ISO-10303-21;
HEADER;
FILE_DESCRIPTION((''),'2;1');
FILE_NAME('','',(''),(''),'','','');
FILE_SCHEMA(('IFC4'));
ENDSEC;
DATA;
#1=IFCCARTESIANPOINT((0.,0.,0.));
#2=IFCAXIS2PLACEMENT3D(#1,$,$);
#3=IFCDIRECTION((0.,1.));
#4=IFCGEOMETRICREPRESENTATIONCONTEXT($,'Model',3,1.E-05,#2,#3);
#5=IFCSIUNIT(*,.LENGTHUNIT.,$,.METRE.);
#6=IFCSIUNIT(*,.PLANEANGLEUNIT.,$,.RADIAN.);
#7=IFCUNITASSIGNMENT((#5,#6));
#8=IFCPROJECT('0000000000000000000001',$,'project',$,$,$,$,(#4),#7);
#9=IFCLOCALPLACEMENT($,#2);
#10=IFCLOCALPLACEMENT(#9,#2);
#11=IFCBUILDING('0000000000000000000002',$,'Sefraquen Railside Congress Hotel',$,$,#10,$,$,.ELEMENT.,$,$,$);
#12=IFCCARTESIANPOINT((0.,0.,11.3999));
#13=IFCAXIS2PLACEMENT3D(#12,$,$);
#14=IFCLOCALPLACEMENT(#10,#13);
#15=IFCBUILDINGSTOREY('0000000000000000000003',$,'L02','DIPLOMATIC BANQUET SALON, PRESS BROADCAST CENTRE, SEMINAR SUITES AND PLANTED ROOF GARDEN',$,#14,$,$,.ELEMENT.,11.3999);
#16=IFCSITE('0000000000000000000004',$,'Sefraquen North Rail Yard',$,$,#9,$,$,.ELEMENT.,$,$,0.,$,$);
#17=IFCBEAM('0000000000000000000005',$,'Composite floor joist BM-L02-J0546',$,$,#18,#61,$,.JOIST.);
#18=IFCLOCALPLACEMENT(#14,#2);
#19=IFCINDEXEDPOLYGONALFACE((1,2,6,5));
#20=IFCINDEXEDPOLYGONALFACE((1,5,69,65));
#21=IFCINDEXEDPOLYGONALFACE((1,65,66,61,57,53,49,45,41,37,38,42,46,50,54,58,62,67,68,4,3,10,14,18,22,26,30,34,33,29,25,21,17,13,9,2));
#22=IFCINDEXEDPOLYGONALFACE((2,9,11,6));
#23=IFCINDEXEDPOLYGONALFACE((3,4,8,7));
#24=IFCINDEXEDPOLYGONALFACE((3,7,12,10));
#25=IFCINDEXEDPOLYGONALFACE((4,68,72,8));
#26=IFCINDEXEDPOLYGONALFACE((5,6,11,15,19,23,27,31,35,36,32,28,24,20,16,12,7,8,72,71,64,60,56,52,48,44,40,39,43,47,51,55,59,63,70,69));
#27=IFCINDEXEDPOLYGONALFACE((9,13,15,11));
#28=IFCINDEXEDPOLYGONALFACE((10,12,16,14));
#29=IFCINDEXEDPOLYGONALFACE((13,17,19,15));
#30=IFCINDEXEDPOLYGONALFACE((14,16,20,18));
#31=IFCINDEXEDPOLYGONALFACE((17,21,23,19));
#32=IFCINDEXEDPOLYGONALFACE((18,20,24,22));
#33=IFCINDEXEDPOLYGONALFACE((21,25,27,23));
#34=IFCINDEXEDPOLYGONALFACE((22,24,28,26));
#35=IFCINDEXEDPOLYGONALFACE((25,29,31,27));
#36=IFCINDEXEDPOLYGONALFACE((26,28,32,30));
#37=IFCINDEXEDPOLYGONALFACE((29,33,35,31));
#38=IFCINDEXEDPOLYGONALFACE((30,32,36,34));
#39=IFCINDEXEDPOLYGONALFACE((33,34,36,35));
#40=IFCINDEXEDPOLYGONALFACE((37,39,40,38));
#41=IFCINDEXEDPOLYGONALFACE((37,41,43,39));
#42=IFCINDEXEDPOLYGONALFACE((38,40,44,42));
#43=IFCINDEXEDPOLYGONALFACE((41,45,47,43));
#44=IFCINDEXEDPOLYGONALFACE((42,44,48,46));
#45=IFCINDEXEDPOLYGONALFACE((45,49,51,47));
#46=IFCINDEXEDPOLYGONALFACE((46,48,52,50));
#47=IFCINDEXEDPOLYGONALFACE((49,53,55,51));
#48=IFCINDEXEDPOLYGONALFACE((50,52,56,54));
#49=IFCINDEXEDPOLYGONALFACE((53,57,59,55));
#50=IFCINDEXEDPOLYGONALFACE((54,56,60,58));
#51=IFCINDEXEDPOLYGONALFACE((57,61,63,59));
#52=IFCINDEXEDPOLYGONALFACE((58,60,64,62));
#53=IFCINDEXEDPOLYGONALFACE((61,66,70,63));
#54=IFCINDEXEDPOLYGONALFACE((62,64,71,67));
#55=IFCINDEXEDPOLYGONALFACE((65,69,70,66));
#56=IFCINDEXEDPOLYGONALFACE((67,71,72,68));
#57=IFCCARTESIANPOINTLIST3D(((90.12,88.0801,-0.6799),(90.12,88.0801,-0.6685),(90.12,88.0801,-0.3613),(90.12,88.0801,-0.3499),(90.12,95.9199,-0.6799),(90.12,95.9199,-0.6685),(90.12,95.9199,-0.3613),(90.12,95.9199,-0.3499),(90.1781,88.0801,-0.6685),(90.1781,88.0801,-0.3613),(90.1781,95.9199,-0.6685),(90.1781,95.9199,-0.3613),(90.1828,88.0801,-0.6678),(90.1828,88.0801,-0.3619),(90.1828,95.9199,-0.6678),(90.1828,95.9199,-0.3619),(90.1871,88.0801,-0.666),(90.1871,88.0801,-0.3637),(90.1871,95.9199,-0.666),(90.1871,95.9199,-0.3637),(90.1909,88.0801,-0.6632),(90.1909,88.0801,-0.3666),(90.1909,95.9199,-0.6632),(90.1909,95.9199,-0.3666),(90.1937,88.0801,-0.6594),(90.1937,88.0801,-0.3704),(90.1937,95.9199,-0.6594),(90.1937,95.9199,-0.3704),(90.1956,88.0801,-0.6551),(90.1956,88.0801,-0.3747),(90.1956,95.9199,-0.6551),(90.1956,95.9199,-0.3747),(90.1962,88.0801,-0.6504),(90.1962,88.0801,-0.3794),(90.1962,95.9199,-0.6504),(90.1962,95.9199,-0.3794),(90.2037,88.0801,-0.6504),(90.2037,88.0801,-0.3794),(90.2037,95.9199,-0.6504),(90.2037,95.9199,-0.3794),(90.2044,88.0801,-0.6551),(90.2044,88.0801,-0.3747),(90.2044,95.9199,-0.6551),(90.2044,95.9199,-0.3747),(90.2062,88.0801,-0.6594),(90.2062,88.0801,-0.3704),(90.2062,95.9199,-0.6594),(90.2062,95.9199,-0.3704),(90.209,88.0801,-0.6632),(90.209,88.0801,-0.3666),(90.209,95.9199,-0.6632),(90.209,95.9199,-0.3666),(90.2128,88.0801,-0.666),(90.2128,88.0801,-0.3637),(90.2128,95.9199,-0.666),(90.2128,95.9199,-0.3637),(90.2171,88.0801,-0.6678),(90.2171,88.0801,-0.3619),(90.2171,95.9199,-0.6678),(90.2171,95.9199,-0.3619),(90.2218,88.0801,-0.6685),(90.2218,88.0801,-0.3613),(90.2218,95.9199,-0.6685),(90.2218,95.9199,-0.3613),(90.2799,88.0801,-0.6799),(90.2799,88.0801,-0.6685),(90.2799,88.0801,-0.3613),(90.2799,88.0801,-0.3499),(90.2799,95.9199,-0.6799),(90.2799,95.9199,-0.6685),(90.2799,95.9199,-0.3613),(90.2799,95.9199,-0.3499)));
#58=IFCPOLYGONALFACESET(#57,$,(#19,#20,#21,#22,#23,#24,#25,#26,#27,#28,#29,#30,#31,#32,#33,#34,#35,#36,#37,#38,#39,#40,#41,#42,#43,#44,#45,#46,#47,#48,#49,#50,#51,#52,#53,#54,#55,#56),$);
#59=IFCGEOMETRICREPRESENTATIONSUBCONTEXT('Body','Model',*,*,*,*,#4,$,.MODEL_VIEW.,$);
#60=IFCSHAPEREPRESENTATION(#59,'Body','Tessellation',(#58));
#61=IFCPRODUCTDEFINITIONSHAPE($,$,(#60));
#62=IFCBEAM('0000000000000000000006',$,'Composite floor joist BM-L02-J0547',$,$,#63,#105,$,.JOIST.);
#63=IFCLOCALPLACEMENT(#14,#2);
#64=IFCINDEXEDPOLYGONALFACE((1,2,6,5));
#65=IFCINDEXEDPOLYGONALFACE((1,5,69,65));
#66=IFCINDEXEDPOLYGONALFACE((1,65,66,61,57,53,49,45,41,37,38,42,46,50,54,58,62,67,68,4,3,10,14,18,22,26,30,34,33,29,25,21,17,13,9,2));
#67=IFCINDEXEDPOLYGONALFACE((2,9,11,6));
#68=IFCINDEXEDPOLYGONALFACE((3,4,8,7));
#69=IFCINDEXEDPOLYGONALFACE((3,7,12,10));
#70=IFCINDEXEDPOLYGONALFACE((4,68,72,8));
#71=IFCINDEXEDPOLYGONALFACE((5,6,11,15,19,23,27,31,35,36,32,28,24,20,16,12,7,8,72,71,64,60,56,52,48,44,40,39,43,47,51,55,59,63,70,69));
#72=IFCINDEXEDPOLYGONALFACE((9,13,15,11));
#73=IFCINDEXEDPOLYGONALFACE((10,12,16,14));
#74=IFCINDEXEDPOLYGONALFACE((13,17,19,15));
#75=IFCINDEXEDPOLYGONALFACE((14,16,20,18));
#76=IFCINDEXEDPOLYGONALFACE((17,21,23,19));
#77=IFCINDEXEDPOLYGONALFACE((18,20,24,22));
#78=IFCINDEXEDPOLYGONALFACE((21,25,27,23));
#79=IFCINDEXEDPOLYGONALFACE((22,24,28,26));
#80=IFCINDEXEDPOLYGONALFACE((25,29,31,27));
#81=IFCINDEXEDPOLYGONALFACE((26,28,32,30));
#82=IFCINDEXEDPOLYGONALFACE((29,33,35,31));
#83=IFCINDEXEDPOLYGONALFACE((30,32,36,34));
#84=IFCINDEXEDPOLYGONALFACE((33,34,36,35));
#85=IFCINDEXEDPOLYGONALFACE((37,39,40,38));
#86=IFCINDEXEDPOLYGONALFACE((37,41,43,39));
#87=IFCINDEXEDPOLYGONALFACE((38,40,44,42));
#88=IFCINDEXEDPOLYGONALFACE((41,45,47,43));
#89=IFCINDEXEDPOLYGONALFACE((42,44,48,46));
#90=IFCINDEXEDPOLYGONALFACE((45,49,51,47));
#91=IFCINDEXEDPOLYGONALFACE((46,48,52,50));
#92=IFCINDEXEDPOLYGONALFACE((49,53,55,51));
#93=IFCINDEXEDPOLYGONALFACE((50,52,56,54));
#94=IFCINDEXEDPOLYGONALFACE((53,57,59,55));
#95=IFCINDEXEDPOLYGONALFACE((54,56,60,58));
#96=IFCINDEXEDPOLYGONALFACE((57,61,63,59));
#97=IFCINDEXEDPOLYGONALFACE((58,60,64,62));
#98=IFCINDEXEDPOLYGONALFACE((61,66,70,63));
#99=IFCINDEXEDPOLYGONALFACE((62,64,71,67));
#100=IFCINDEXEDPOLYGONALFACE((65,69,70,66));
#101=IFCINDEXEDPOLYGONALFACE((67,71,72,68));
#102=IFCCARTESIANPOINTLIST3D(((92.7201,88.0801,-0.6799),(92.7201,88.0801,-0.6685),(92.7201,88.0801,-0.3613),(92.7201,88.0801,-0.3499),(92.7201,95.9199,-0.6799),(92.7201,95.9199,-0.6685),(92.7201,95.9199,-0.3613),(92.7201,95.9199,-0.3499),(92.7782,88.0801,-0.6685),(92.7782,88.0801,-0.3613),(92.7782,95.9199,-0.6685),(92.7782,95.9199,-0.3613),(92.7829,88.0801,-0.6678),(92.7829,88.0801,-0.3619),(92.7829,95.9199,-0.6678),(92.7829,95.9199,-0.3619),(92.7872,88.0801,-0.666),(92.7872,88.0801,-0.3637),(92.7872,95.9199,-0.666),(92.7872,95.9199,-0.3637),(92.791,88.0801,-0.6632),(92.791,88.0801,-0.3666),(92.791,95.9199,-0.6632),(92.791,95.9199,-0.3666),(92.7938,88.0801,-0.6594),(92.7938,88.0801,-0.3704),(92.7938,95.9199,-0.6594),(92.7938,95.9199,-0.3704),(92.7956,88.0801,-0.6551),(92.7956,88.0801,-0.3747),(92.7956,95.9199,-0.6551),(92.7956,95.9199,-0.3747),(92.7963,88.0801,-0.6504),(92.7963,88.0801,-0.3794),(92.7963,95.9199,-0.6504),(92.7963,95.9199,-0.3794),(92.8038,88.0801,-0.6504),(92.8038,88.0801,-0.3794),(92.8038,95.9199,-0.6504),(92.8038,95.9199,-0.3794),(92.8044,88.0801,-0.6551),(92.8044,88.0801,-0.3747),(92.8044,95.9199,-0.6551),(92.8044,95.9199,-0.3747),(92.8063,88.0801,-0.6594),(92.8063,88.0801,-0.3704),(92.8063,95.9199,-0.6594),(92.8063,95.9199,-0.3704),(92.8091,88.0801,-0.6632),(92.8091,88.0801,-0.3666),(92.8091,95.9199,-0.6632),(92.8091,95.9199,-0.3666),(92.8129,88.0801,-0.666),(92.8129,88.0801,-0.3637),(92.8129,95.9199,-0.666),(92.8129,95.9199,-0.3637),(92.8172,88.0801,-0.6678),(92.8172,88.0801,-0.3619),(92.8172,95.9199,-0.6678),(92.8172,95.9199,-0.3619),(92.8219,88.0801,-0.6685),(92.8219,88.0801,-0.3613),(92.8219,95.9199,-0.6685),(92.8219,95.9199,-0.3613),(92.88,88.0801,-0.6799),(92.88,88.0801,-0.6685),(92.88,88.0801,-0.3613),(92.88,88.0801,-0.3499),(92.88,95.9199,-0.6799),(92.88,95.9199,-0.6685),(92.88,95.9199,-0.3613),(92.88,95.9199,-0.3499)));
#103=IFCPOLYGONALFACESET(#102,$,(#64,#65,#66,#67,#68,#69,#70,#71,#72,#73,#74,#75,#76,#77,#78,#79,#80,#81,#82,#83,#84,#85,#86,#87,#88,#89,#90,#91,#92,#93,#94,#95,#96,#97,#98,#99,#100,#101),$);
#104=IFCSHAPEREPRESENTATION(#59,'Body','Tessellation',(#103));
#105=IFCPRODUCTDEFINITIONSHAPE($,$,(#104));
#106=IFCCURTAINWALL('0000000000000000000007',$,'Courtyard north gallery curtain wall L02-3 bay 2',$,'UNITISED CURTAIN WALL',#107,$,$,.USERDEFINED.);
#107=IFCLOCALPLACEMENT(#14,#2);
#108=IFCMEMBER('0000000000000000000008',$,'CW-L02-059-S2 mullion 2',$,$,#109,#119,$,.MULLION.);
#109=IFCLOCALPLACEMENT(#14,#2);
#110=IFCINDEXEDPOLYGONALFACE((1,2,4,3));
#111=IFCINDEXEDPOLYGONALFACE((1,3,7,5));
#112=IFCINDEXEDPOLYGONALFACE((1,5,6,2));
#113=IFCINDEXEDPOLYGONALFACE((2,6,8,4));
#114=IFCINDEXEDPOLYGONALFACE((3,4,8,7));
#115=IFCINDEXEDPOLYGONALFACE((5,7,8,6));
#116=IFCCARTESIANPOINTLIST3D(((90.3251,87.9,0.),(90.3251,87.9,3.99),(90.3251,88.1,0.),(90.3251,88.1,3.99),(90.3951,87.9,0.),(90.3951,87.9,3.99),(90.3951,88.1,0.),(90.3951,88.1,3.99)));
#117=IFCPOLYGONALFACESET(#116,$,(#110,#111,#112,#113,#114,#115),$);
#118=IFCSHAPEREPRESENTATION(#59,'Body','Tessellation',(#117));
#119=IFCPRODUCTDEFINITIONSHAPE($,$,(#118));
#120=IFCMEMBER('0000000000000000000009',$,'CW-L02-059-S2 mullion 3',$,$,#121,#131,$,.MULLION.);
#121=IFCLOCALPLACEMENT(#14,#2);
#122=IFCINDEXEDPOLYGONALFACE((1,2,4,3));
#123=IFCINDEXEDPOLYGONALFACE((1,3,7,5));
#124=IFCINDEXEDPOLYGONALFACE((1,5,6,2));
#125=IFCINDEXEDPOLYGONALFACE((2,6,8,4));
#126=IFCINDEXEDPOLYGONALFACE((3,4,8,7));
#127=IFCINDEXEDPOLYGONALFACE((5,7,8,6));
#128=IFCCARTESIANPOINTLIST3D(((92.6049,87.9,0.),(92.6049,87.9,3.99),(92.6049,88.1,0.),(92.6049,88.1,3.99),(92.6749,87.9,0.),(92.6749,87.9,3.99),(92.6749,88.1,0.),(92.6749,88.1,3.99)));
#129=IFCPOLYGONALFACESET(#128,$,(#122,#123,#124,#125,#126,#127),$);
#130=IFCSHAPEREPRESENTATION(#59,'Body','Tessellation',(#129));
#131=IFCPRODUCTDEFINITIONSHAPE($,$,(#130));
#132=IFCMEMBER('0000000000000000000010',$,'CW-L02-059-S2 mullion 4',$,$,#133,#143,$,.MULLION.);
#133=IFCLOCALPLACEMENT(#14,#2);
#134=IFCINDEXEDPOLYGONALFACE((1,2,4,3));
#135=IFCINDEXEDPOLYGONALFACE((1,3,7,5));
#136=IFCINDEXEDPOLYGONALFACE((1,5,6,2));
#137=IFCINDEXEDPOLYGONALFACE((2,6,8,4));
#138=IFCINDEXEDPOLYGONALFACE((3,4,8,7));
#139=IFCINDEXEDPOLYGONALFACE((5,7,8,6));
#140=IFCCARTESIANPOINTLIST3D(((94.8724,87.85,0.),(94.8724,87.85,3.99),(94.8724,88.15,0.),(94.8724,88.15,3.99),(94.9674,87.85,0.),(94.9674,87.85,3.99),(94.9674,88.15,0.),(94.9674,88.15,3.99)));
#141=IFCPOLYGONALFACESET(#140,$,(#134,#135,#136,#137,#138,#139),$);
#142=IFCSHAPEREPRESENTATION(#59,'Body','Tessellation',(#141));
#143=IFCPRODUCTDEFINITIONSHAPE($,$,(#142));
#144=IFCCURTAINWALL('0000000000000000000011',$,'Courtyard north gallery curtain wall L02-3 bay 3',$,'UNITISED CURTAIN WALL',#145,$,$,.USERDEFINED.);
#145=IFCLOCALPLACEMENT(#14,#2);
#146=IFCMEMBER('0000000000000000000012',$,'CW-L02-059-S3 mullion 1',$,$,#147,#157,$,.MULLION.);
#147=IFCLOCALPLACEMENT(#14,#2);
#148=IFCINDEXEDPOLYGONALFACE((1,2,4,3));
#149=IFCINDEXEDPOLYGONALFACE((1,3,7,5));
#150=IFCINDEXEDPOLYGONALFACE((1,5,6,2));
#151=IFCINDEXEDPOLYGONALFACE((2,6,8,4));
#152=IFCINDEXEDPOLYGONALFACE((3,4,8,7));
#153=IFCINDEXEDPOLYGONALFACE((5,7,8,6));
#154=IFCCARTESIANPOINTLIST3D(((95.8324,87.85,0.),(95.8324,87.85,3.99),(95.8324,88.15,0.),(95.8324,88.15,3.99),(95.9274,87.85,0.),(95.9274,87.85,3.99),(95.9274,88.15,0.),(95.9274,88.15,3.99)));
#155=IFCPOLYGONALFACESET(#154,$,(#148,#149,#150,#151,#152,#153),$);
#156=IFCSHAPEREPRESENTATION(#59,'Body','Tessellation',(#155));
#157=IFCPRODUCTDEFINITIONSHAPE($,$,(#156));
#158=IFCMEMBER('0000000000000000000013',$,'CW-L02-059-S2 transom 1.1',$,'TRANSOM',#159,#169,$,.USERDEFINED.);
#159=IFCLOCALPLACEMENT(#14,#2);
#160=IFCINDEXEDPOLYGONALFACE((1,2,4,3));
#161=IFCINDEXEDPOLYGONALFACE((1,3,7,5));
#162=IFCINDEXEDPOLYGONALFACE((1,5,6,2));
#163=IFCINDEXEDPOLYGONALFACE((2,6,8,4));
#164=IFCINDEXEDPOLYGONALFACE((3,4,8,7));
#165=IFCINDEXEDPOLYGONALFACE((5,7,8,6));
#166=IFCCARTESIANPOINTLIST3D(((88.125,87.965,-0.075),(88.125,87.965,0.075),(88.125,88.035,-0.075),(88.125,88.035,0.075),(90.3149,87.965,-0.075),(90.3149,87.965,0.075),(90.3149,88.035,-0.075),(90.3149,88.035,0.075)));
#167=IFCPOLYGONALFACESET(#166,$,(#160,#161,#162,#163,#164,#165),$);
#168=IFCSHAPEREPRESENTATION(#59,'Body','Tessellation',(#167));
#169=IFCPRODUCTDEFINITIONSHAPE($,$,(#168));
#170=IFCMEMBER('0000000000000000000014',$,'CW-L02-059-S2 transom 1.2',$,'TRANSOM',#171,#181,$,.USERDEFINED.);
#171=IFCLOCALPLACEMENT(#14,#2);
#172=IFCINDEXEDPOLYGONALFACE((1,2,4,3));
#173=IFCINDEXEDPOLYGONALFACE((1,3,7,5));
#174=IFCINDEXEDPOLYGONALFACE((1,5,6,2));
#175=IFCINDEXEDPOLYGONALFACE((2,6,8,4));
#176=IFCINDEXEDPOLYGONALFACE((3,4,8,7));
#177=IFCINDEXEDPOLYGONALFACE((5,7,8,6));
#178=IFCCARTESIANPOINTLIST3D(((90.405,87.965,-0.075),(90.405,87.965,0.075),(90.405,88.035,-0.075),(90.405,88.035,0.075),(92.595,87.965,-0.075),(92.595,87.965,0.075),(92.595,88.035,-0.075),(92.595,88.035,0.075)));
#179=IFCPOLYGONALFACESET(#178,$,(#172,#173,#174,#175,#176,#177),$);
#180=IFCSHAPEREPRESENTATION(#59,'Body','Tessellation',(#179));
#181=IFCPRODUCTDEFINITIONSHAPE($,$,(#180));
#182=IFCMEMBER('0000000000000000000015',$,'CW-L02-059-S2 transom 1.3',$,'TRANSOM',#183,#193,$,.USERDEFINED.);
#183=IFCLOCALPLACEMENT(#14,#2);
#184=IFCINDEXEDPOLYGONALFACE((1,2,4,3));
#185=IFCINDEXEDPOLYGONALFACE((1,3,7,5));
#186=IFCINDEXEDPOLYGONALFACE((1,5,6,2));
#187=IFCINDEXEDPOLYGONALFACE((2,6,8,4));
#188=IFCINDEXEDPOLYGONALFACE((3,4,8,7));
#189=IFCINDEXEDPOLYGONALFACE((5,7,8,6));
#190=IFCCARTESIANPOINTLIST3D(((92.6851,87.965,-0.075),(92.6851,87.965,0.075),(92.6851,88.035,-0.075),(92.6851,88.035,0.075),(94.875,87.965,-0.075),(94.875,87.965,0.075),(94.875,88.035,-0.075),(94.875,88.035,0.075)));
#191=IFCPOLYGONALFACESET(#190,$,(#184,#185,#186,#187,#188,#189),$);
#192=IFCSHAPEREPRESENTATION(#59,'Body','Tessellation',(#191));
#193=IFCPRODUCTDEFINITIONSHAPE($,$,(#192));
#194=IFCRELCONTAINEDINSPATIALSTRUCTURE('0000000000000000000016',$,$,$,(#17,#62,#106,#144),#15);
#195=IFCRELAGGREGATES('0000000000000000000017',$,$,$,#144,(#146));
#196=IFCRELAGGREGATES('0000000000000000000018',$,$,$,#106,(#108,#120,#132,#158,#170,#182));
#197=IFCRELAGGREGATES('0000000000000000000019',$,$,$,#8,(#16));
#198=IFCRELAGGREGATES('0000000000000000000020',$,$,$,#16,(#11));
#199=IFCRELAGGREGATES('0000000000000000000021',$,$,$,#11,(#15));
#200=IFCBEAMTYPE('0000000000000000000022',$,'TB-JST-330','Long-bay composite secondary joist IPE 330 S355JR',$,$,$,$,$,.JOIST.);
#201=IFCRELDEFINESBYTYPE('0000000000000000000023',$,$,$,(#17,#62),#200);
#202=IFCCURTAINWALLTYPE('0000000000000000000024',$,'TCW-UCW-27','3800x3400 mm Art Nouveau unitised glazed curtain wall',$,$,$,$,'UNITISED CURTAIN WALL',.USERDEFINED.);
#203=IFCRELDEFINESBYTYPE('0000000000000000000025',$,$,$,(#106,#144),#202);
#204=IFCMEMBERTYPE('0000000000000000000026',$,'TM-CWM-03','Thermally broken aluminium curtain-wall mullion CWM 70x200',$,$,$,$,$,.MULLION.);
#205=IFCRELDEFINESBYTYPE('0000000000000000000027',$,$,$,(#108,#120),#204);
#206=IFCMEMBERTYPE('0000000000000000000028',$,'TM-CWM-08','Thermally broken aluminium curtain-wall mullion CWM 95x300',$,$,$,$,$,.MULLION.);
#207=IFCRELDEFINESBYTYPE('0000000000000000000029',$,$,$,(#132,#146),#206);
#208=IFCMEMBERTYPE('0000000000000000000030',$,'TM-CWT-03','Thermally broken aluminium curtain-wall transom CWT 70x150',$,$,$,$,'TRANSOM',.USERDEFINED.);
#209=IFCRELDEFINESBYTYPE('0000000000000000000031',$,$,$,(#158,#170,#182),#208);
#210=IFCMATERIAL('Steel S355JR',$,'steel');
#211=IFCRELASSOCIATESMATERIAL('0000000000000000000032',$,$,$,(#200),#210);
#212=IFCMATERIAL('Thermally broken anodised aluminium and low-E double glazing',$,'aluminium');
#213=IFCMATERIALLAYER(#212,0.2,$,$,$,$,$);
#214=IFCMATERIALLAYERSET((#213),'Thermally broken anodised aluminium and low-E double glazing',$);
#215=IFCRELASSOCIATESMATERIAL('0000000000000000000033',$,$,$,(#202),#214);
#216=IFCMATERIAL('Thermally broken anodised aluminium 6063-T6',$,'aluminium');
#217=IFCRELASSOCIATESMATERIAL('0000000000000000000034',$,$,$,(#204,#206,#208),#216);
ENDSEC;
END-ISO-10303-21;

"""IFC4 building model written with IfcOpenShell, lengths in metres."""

from ifc_helpers import new_model, si_unit, direction, frame, origin, origin_2d, place, context, subcontext, project, spatial, rectangle, i_section, extrude, material, layer, layer_set, material_profile, profile_set, type_object, element, aggregate, save


model = new_model("IFC4")

# Units and contexts
model_context = context("Model", 3, precision=1e-05, world=origin(), true_north=direction((0.0, 1.0)))
body_context = subcontext(model_context, "Body", "Model", "MODEL_VIEW")
ifc_project = project(units=[si_unit("LENGTHUNIT", "METRE"), si_unit("PLANEANGLEUNIT", "RADIAN")], contexts=[model_context])

# Site, building, storey
site_placement = place(None, origin())
site = spatial("IfcSite", under=ifc_project, at=site_placement, Name="Sefraquen North Rail Yard", CompositionType="ELEMENT", RefElevation=0.0)
building_placement = place(site_placement, origin())
building = spatial("IfcBuilding", under=site, at=building_placement, Name="Sefraquen Railside Congress Hotel", CompositionType="ELEMENT")
storey_placement = place(building_placement, frame((0.0, 0.0, 11.3999)))
storey = spatial("IfcBuildingStorey", under=building, at=storey_placement, Name="L02", Description="DIPLOMATIC BANQUET SALON, PRESS BROADCAST CENTRE, SEMINAR SUITES AND PLANTED ROOF GARDEN", CompositionType="ELEMENT", Elevation=11.3999)

# Shared definitions
ifc_material_1 = material(Name="Steel S355JR", Category="steel")

# Beams
ifc_material_profile_1 = material_profile(ifc_material_1, i_section(OverallWidth=0.1599, OverallDepth=0.3301, WebThickness=0.0076, FlangeThickness=0.0115, FilletRadius=0.0181, at=origin_2d()), Name="IPE 330")
ifc_profile_set_1 = profile_set([ifc_material_profile_1], Name="Steel S355JR")
beam_type_1 = type_object("IfcBeamType", Name="TB-JST-330", Description="Long-bay composite secondary joist IPE 330 S355JR", PredefinedType="JOIST", material=ifc_profile_set_1)
for number, where, z_axis, x_axis, name in (
    (1, (90.2, 88.0801, -0.5149), (0.0, 1.0, 0.0), (-1.0, 0.0, 0.0), "Composite floor joist BM-L02-J0546"),
    (2, (92.8, 88.0801, -0.5149), (0.0, 1.0, 0.0), (-1.0, 0.0, 0.0), "Composite floor joist BM-L02-J0547"),
):
    element("IfcBeam", number, at=place(storey_placement, frame(where, z_axis=z_axis, x_axis=x_axis)), inside=storey, type_object=beam_type_1, Name=name, PredefinedType="JOIST", context=body_context, shape_type="SweptSolid", body=[
        extrude(i_section(OverallWidth=0.1599, OverallDepth=0.3301, WebThickness=0.0076, FlangeThickness=0.0115, FilletRadius=0.0181, at=origin_2d()), origin(), (0.0, 0.0, 1.0), 7.8398),
    ])

# Curtain wall, members
ifc_material_2 = material(Name="Thermally broken anodised aluminium and low-E double glazing", Category="aluminium")
ifc_layer_1 = layer(ifc_material_2, 0.2)
ifc_layer_set_1 = layer_set([ifc_layer_1], Name="Thermally broken anodised aluminium and low-E double glazing")
curtain_wall_type = type_object("IfcCurtainWallType", Name="TCW-UCW-27", Description="3800x3400 mm Art Nouveau unitised glazed curtain wall", ElementType="UNITISED CURTAIN WALL", PredefinedType="USERDEFINED", material=ifc_layer_set_1)
curtain_wall_1_placement = place(storey_placement, origin())
curtain_wall_1 = element("IfcCurtainWall", 3, at=curtain_wall_1_placement, inside=storey, type_object=curtain_wall_type, Name="Courtyard north gallery curtain wall L02-3 bay 2", ObjectType="UNITISED CURTAIN WALL", PredefinedType="USERDEFINED")
ifc_material_3 = material(Name="Thermally broken anodised aluminium 6063-T6", Category="aluminium")
ifc_material_profile_2 = material_profile(ifc_material_3, rectangle(XDim=0.0701, YDim=0.2, at=origin_2d()), Name="CWM 70x200")
ifc_profile_set_2 = profile_set([ifc_material_profile_2], Name="Thermally broken anodised aluminium 6063-T6")
member_type_1 = type_object("IfcMemberType", Name="TM-CWM-03", Description="Thermally broken aluminium curtain-wall mullion CWM 70x200", PredefinedType="MULLION", material=ifc_profile_set_2)
member_1_placement = place(storey_placement, frame((90.3601, 88.0, 0.0), z_axis=(0.0, 0.0, 1.0), x_axis=(1.0, 0.0, 0.0)))
member_1 = element("IfcMember", 4, at=member_1_placement, type_object=member_type_1, Name="CW-L02-059-S2 mullion 2", PredefinedType="MULLION", context=body_context, shape_type="SweptSolid", body=[
    extrude(rectangle(XDim=0.0701, YDim=0.2, at=origin_2d()), origin(), (0.0, 0.0, 1.0), 3.99),
])
member_2_placement = place(storey_placement, frame((92.6399, 88.0, 0.0), z_axis=(0.0, 0.0, 1.0), x_axis=(1.0, 0.0, 0.0)))
member_2 = element("IfcMember", 5, at=member_2_placement, type_object=member_type_1, Name="CW-L02-059-S2 mullion 3", PredefinedType="MULLION", context=body_context, shape_type="SweptSolid", body=[
    extrude(rectangle(XDim=0.0701, YDim=0.2, at=origin_2d()), origin(), (0.0, 0.0, 1.0), 3.99),
])
ifc_material_profile_3 = material_profile(ifc_material_3, rectangle(XDim=0.095, YDim=0.3, at=origin_2d()), Name="CWM 95x300")
ifc_profile_set_3 = profile_set([ifc_material_profile_3], Name="Thermally broken anodised aluminium 6063-T6")
member_type_2 = type_object("IfcMemberType", Name="TM-CWM-08", Description="Thermally broken aluminium curtain-wall mullion CWM 95x300", PredefinedType="MULLION", material=ifc_profile_set_3)
member_3_placement = place(storey_placement, frame((94.9199, 88.0, 0.0), z_axis=(0.0, 0.0, 1.0), x_axis=(1.0, 0.0, 0.0)))
member_3 = element("IfcMember", 6, at=member_3_placement, type_object=member_type_2, Name="CW-L02-059-S2 mullion 4", PredefinedType="MULLION", context=body_context, shape_type="SweptSolid", body=[
    extrude(rectangle(XDim=0.095, YDim=0.3, at=origin_2d()), origin(), (0.0, 0.0, 1.0), 3.99),
])

# Curtain wall, member
curtain_wall_2_placement = place(storey_placement, origin())
curtain_wall_2 = element("IfcCurtainWall", 7, at=curtain_wall_2_placement, inside=storey, type_object=curtain_wall_type, Name="Courtyard north gallery curtain wall L02-3 bay 3", ObjectType="UNITISED CURTAIN WALL", PredefinedType="USERDEFINED")
member_4_placement = place(storey_placement, frame((95.8799, 88.0, 0.0), z_axis=(0.0, 0.0, 1.0), x_axis=(1.0, 0.0, 0.0)))
member_4 = element("IfcMember", 8, at=member_4_placement, type_object=member_type_2, Name="CW-L02-059-S3 mullion 1", PredefinedType="MULLION", context=body_context, shape_type="SweptSolid", body=[
    extrude(rectangle(XDim=0.095, YDim=0.3, at=origin_2d()), origin(), (0.0, 0.0, 1.0), 3.99),
])
aggregate(curtain_wall_2, [member_4])

# Members
ifc_material_profile_4 = material_profile(ifc_material_3, rectangle(XDim=0.0701, YDim=0.1499, at=origin_2d()), Name="CWT 70x150")
ifc_profile_set_4 = profile_set([ifc_material_profile_4], Name="Thermally broken anodised aluminium 6063-T6")
member_type_3 = type_object("IfcMemberType", Name="TM-CWT-03", Description="Thermally broken aluminium curtain-wall transom CWT 70x150", ElementType="TRANSOM", PredefinedType="USERDEFINED", material=ifc_profile_set_4)
member_5_placement = place(storey_placement, frame((88.125, 88.0, 0.0), z_axis=(1.0, 0.0, 0.0), x_axis=(0.0, 1.0, 0.0)))
member_5 = element("IfcMember", 9, at=member_5_placement, type_object=member_type_3, Name="CW-L02-059-S2 transom 1.1", ObjectType="TRANSOM", PredefinedType="USERDEFINED", context=body_context, shape_type="SweptSolid", body=[
    extrude(rectangle(XDim=0.0701, YDim=0.1499, at=origin_2d()), origin(), (0.0, 0.0, 1.0), 2.1899),
])
member_6_placement = place(storey_placement, frame((90.405, 88.0, 0.0), z_axis=(1.0, 0.0, 0.0), x_axis=(0.0, 1.0, 0.0)))
member_6 = element("IfcMember", 10, at=member_6_placement, type_object=member_type_3, Name="CW-L02-059-S2 transom 1.2", ObjectType="TRANSOM", PredefinedType="USERDEFINED", context=body_context, shape_type="SweptSolid", body=[
    extrude(rectangle(XDim=0.0701, YDim=0.1499, at=origin_2d()), origin(), (0.0, 0.0, 1.0), 2.1899),
])
member_7_placement = place(storey_placement, frame((92.6851, 88.0, 0.0), z_axis=(1.0, 0.0, 0.0), x_axis=(0.0, 1.0, 0.0)))
member_7 = element("IfcMember", 11, at=member_7_placement, type_object=member_type_3, Name="CW-L02-059-S2 transom 1.3", ObjectType="TRANSOM", PredefinedType="USERDEFINED", context=body_context, shape_type="SweptSolid", body=[
    extrude(rectangle(XDim=0.0701, YDim=0.1499, at=origin_2d()), origin(), (0.0, 0.0, 1.0), 2.1899),
])

aggregate(curtain_wall_1, [member_1, member_2, member_3, member_5, member_6, member_7])

save(model, "model.ifc")
